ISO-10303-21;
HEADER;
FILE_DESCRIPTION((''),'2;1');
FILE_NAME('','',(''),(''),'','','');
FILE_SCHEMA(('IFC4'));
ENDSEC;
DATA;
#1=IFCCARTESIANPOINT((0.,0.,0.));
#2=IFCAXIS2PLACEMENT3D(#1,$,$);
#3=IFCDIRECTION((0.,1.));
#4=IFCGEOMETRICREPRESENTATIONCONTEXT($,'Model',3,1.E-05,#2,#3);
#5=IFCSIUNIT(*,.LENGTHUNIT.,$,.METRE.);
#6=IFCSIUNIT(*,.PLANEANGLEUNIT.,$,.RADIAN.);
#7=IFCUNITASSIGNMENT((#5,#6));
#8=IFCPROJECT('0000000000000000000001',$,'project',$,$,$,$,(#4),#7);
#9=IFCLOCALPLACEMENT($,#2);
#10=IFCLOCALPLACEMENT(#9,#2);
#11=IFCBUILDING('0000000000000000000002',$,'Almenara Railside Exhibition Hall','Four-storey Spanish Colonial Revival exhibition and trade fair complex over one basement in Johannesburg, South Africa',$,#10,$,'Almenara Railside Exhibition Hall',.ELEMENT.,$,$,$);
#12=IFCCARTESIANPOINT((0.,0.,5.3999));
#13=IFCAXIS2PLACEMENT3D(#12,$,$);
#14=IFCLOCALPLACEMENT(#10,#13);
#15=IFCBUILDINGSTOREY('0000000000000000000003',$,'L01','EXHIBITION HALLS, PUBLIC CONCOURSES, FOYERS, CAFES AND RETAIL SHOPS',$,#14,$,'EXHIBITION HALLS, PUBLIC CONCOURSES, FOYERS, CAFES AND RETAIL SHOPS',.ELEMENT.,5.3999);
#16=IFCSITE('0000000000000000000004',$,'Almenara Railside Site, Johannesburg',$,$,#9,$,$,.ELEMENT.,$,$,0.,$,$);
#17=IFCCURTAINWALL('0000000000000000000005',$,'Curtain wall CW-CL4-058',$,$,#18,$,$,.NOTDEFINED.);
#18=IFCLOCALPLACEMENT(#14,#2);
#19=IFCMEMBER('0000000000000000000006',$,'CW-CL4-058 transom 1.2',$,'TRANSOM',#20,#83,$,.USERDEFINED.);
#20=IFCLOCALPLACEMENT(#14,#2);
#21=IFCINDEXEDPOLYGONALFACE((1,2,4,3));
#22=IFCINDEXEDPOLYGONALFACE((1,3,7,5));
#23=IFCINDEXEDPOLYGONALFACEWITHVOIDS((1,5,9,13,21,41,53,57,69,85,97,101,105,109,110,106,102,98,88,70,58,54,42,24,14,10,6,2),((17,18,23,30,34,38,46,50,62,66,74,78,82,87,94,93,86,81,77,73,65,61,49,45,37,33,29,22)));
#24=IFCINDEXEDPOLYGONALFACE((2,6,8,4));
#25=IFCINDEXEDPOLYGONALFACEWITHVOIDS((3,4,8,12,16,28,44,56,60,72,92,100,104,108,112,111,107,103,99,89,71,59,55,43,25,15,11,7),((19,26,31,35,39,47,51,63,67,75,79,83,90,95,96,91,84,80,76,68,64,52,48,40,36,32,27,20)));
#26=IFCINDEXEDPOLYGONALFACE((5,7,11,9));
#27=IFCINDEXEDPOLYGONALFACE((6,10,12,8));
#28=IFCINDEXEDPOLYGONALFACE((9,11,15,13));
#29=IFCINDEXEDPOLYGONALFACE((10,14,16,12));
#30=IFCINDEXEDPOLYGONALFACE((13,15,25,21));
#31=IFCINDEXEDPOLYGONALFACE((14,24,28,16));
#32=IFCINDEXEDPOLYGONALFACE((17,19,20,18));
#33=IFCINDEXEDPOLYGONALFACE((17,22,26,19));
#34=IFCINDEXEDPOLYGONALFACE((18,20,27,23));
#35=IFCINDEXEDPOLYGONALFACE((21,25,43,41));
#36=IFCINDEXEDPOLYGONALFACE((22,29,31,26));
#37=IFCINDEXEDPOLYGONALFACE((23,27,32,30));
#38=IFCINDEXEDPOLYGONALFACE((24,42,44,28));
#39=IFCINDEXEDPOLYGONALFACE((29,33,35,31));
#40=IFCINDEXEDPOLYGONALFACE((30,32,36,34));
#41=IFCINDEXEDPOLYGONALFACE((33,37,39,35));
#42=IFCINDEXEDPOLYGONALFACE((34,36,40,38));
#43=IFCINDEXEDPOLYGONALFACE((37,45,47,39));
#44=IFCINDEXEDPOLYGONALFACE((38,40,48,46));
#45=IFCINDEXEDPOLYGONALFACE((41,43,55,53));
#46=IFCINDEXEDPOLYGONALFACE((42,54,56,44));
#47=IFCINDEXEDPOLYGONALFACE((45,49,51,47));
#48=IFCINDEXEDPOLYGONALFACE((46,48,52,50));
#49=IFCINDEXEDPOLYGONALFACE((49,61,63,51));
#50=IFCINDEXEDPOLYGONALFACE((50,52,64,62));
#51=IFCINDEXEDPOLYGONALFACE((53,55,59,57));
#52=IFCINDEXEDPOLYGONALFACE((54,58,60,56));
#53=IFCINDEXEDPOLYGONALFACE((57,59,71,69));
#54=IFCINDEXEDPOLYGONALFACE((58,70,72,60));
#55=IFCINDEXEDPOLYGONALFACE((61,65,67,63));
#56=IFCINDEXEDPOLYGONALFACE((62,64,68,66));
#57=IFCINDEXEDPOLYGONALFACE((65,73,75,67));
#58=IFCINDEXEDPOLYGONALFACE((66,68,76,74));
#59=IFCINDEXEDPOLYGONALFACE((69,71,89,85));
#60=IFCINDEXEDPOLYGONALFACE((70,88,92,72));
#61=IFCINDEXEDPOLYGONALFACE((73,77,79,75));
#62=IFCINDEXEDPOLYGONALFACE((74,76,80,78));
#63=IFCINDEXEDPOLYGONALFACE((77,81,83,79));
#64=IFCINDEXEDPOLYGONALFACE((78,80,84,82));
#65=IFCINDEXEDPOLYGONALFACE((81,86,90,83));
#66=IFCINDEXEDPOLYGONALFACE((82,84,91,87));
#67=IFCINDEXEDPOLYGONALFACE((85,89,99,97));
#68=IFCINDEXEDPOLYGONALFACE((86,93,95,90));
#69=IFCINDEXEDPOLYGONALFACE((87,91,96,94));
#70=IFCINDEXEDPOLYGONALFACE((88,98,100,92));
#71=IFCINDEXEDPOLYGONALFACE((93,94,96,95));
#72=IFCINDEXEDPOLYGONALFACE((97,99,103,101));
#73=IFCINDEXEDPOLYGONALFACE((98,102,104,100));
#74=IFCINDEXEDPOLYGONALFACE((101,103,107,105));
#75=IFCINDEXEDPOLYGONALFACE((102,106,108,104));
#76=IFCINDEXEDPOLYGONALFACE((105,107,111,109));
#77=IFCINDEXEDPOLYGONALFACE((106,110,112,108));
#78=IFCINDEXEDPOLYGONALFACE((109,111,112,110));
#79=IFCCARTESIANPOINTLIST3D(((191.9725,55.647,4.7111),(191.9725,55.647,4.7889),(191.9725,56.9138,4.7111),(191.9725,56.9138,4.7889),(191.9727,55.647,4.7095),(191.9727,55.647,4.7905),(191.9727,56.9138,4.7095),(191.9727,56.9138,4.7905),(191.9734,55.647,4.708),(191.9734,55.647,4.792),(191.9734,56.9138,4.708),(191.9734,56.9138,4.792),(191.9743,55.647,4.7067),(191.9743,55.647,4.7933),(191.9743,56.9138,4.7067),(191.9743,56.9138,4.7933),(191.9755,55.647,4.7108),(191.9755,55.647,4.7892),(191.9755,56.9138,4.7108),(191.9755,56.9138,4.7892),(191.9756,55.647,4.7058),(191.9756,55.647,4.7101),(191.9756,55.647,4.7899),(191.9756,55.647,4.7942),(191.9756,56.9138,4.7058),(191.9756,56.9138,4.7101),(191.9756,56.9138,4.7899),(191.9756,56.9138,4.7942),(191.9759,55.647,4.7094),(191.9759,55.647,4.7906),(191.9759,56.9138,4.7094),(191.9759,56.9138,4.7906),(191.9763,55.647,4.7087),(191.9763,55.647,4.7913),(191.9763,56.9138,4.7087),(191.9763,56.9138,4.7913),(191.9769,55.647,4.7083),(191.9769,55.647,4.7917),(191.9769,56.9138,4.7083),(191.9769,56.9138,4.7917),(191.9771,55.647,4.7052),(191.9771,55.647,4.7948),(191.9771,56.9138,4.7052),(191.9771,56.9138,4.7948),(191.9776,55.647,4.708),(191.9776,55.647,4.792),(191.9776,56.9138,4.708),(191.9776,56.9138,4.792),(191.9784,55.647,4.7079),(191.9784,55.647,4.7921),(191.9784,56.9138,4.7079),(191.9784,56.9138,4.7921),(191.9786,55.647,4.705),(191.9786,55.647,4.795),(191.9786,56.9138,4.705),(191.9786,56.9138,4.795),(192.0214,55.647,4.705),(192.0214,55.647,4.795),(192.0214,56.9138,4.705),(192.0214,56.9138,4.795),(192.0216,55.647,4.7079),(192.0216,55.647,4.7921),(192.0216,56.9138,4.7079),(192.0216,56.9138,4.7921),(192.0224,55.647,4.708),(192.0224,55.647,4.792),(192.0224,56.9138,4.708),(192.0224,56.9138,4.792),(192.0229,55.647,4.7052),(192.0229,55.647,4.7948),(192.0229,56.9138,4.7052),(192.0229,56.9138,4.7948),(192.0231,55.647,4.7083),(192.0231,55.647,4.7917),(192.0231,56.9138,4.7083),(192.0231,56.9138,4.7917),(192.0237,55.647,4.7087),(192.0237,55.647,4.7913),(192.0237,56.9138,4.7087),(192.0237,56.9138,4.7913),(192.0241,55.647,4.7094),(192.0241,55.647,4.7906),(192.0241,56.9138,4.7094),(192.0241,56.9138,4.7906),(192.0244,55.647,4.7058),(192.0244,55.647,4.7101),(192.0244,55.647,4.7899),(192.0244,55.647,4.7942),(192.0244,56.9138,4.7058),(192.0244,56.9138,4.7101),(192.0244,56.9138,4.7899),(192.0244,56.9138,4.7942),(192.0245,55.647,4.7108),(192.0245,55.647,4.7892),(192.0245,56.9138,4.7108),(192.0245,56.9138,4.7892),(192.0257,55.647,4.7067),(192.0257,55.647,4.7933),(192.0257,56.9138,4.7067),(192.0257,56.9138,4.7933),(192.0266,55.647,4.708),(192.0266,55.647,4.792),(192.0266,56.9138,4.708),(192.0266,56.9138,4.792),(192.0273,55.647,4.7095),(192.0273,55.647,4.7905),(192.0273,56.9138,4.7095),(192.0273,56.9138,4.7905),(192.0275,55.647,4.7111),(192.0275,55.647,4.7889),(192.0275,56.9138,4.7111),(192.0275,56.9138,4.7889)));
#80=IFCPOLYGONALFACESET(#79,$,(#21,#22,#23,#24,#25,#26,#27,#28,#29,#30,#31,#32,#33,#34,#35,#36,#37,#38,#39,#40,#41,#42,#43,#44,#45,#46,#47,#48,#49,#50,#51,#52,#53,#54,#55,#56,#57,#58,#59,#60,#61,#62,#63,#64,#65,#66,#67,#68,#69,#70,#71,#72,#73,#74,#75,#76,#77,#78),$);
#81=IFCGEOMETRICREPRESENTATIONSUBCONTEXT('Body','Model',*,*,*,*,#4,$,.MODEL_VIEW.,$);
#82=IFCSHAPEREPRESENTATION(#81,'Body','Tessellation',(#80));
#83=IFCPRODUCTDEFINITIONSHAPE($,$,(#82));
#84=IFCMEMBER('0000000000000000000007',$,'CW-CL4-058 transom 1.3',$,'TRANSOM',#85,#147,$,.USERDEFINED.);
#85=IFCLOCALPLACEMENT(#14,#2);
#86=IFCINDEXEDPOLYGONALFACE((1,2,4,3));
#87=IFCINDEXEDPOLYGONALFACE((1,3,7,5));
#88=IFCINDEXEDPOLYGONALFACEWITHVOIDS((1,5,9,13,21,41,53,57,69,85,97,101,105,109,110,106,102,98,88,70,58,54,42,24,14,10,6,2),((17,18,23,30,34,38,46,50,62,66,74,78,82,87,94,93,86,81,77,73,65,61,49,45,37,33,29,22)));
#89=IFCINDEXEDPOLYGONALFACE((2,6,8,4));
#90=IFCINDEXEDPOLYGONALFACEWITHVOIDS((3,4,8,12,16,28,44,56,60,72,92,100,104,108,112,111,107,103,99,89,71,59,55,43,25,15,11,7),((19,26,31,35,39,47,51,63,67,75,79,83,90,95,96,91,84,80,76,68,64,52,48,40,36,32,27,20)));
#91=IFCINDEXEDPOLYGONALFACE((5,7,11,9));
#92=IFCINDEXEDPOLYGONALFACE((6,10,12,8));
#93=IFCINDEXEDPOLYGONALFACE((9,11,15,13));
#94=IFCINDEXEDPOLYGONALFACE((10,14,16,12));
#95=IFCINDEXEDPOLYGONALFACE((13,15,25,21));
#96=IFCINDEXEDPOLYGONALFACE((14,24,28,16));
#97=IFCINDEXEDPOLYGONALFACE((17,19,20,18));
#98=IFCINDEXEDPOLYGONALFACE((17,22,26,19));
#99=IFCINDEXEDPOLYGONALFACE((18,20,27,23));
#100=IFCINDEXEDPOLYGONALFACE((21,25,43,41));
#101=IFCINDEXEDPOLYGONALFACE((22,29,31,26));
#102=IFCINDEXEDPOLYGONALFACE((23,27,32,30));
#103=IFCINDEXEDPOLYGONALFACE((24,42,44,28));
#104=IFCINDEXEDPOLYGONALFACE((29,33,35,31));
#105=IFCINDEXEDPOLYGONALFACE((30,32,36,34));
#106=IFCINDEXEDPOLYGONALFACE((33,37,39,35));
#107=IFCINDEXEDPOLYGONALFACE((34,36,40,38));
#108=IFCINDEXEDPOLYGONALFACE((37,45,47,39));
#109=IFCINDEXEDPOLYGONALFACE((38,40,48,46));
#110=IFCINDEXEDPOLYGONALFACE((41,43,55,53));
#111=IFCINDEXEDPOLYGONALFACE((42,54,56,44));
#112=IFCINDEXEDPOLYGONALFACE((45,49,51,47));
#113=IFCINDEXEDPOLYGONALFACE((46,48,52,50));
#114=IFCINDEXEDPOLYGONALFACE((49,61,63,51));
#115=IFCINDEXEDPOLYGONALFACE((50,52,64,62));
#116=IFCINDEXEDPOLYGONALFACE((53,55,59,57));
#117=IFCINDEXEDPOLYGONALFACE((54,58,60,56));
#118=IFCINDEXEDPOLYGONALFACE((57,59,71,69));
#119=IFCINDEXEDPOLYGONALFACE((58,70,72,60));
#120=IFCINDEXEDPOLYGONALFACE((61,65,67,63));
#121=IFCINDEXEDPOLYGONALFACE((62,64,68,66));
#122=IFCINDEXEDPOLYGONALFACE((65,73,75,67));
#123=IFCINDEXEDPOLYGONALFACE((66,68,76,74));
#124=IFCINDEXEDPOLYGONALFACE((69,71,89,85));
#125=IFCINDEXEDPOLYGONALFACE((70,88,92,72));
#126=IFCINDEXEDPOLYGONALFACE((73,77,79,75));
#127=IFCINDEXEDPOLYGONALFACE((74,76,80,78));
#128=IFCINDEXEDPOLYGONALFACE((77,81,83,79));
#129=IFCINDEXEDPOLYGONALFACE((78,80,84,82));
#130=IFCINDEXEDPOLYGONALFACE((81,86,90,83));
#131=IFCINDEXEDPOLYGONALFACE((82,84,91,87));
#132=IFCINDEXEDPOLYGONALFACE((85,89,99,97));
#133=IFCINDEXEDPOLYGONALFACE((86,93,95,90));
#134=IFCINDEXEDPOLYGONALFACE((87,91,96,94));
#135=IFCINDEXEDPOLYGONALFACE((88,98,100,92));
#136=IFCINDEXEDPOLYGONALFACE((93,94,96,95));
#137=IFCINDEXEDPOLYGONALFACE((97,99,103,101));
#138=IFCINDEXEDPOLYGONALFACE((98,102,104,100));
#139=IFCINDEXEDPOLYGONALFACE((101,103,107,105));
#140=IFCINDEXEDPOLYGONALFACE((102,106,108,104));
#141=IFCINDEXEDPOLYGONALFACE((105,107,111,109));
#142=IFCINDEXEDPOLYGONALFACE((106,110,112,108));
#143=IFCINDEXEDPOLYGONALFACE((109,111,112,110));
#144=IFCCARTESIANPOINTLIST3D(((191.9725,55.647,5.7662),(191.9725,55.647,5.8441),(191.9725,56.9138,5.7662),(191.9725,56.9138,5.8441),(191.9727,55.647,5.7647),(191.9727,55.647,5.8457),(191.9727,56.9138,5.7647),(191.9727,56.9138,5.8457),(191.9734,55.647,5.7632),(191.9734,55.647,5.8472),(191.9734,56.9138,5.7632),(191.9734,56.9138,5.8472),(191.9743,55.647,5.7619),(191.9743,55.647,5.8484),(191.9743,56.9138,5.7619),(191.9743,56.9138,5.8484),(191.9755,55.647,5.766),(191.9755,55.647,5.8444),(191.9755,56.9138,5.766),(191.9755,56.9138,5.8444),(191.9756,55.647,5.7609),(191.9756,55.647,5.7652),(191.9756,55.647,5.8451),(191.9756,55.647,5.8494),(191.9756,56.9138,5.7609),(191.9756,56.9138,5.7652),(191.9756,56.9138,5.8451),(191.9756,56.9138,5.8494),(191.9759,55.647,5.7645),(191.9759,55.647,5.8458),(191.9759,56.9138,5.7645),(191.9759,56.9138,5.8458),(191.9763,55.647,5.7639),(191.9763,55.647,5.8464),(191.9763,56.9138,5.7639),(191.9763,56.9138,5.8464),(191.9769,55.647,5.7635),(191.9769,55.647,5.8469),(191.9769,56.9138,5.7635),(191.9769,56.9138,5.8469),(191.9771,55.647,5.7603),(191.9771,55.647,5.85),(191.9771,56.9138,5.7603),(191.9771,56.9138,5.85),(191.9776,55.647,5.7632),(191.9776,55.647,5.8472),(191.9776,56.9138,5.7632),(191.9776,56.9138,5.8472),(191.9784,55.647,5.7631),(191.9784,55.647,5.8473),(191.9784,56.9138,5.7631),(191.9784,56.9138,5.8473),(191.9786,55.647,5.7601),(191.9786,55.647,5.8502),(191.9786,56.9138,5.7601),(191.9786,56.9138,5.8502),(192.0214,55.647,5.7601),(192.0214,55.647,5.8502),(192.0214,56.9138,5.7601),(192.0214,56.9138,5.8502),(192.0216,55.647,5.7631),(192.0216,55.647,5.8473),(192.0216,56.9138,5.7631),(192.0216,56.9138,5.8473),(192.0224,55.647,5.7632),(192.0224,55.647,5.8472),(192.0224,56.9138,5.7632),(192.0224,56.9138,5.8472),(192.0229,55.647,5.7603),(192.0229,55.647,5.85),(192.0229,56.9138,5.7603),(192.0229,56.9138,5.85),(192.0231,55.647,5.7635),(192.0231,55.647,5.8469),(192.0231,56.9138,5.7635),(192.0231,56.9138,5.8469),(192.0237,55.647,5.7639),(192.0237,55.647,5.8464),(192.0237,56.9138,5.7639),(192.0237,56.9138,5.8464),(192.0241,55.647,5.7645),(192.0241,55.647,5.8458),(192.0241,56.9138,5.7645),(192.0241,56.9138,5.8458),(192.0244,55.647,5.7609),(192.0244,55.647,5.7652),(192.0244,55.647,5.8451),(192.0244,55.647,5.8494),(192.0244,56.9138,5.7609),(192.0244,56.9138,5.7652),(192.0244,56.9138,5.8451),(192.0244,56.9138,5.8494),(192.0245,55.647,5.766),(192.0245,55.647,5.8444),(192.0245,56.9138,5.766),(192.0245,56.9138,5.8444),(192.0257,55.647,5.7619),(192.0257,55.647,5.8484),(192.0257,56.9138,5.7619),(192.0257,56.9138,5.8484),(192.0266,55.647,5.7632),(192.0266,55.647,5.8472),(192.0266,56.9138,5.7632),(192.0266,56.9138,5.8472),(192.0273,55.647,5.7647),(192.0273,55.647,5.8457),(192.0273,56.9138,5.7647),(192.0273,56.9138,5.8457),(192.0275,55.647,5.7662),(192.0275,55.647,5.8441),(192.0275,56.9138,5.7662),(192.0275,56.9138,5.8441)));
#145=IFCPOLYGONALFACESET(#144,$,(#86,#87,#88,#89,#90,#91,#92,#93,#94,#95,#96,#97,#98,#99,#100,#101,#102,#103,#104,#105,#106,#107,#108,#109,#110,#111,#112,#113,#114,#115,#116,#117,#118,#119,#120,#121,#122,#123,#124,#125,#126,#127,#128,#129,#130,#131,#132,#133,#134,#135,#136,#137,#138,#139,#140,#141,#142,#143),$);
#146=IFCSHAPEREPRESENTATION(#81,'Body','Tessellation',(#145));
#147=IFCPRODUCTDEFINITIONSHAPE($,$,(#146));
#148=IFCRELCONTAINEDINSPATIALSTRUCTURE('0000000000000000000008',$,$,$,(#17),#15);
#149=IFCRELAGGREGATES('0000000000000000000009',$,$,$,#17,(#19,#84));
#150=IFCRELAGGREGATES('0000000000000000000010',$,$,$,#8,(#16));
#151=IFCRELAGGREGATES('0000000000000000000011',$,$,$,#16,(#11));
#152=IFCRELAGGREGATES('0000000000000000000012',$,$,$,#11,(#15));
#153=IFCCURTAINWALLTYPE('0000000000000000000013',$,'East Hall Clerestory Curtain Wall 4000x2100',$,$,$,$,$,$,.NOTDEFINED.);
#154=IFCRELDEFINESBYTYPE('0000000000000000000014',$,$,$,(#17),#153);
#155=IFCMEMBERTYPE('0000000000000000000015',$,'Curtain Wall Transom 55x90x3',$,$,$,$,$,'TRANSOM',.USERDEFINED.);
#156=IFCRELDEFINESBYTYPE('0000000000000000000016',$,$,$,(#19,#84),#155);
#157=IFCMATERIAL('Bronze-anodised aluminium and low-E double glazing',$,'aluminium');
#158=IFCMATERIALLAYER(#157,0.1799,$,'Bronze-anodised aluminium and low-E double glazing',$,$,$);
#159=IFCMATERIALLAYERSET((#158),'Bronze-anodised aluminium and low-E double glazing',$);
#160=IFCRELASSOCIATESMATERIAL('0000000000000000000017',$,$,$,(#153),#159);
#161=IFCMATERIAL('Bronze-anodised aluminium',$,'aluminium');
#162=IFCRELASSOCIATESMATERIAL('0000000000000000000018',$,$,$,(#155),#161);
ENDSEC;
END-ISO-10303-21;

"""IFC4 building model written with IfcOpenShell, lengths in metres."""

from ifc_helpers import new_model, si_unit, direction, frame, origin, origin_2d, place, context, subcontext, project, spatial, hollow_rectangle, extrude, material, layer, layer_set, material_profile, profile_set, type_object, element, aggregate, save


model = new_model("IFC4")

# Units and contexts
model_context = context("Model", 3, precision=1e-05, world=origin(), true_north=direction((0.0, 1.0)))
body_context = subcontext(model_context, "Body", "Model", "MODEL_VIEW")
ifc_project = project(units=[si_unit("LENGTHUNIT", "METRE"), si_unit("PLANEANGLEUNIT", "RADIAN")], contexts=[model_context])

# Site, building, storey
site_placement = place(None, origin())
site = spatial("IfcSite", under=ifc_project, at=site_placement, Name="Almenara Railside Site, Johannesburg", CompositionType="ELEMENT", RefElevation=0.0)
building_placement = place(site_placement, origin())
building = spatial("IfcBuilding", under=site, at=building_placement, Name="Almenara Railside Exhibition Hall", Description="Four-storey Spanish Colonial Revival exhibition and trade fair complex over one basement in Johannesburg, South Africa", LongName="Almenara Railside Exhibition Hall", CompositionType="ELEMENT")
storey_placement = place(building_placement, frame((0.0, 0.0, 5.3999)))
storey = spatial("IfcBuildingStorey", under=building, at=storey_placement, Name="L01", Description="EXHIBITION HALLS, PUBLIC CONCOURSES, FOYERS, CAFES AND RETAIL SHOPS", LongName="EXHIBITION HALLS, PUBLIC CONCOURSES, FOYERS, CAFES AND RETAIL SHOPS", CompositionType="ELEMENT", Elevation=5.3999)

# Curtain wall
ifc_material_1 = material(Name="Bronze-anodised aluminium and low-E double glazing", Category="aluminium")
ifc_layer_1 = layer(ifc_material_1, 0.1799, Name="Bronze-anodised aluminium and low-E double glazing")
ifc_layer_set_1 = layer_set([ifc_layer_1], Name="Bronze-anodised aluminium and low-E double glazing")
curtain_wall_type = type_object("IfcCurtainWallType", Name="East Hall Clerestory Curtain Wall 4000x2100", PredefinedType="NOTDEFINED", material=ifc_layer_set_1)
curtain_wall_1_placement = place(storey_placement, origin())
curtain_wall_1 = element("IfcCurtainWall", 1, at=curtain_wall_1_placement, inside=storey, type_object=curtain_wall_type, Name="Curtain wall CW-CL4-058", PredefinedType="NOTDEFINED")
ifc_material_2 = material(Name="Bronze-anodised aluminium", Category="aluminium")

# Members
ifc_material_profile_1 = material_profile(ifc_material_2, hollow_rectangle(XDim=0.0549, YDim=0.0901, WallThickness=0.0029, InnerFilletRadius=0.0029, OuterFilletRadius=0.0061, at=origin_2d()), Name="ALU-TRN 55x90x3")
ifc_profile_set_1 = profile_set([ifc_material_profile_1], Name="Bronze-anodised aluminium")
member_type_1 = type_object("IfcMemberType", Name="Curtain Wall Transom 55x90x3", ElementType="TRANSOM", PredefinedType="USERDEFINED", material=ifc_profile_set_1)
member_1_placement = place(storey_placement, frame((192.0, 55.647, 4.75), z_axis=(0.0, 1.0, 0.0), x_axis=(-1.0, 0.0, 0.0)))
member_1 = element("IfcMember", 2, at=member_1_placement, type_object=member_type_1, Name="CW-CL4-058 transom 1.2", ObjectType="TRANSOM", PredefinedType="USERDEFINED", context=body_context, shape_type="SweptSolid", body=[
    extrude(hollow_rectangle(XDim=0.0549, YDim=0.0901, WallThickness=0.0029, InnerFilletRadius=0.0029, OuterFilletRadius=0.0061, at=origin_2d()), origin(), (0.0, 0.0, 1.0), 1.2668),
])
member_2_placement = place(storey_placement, frame((192.0, 55.647, 5.8052), z_axis=(0.0, 1.0, 0.0), x_axis=(-1.0, 0.0, 0.0)))
member_2 = element("IfcMember", 3, at=member_2_placement, type_object=member_type_1, Name="CW-CL4-058 transom 1.3", ObjectType="TRANSOM", PredefinedType="USERDEFINED", context=body_context, shape_type="SweptSolid", body=[
    extrude(hollow_rectangle(XDim=0.0549, YDim=0.0901, WallThickness=0.0029, InnerFilletRadius=0.0029, OuterFilletRadius=0.0061, at=origin_2d()), origin(), (0.0, 0.0, 1.0), 1.2668),
])

aggregate(curtain_wall_1, [member_1, member_2])

save(model, "model.ifc")
